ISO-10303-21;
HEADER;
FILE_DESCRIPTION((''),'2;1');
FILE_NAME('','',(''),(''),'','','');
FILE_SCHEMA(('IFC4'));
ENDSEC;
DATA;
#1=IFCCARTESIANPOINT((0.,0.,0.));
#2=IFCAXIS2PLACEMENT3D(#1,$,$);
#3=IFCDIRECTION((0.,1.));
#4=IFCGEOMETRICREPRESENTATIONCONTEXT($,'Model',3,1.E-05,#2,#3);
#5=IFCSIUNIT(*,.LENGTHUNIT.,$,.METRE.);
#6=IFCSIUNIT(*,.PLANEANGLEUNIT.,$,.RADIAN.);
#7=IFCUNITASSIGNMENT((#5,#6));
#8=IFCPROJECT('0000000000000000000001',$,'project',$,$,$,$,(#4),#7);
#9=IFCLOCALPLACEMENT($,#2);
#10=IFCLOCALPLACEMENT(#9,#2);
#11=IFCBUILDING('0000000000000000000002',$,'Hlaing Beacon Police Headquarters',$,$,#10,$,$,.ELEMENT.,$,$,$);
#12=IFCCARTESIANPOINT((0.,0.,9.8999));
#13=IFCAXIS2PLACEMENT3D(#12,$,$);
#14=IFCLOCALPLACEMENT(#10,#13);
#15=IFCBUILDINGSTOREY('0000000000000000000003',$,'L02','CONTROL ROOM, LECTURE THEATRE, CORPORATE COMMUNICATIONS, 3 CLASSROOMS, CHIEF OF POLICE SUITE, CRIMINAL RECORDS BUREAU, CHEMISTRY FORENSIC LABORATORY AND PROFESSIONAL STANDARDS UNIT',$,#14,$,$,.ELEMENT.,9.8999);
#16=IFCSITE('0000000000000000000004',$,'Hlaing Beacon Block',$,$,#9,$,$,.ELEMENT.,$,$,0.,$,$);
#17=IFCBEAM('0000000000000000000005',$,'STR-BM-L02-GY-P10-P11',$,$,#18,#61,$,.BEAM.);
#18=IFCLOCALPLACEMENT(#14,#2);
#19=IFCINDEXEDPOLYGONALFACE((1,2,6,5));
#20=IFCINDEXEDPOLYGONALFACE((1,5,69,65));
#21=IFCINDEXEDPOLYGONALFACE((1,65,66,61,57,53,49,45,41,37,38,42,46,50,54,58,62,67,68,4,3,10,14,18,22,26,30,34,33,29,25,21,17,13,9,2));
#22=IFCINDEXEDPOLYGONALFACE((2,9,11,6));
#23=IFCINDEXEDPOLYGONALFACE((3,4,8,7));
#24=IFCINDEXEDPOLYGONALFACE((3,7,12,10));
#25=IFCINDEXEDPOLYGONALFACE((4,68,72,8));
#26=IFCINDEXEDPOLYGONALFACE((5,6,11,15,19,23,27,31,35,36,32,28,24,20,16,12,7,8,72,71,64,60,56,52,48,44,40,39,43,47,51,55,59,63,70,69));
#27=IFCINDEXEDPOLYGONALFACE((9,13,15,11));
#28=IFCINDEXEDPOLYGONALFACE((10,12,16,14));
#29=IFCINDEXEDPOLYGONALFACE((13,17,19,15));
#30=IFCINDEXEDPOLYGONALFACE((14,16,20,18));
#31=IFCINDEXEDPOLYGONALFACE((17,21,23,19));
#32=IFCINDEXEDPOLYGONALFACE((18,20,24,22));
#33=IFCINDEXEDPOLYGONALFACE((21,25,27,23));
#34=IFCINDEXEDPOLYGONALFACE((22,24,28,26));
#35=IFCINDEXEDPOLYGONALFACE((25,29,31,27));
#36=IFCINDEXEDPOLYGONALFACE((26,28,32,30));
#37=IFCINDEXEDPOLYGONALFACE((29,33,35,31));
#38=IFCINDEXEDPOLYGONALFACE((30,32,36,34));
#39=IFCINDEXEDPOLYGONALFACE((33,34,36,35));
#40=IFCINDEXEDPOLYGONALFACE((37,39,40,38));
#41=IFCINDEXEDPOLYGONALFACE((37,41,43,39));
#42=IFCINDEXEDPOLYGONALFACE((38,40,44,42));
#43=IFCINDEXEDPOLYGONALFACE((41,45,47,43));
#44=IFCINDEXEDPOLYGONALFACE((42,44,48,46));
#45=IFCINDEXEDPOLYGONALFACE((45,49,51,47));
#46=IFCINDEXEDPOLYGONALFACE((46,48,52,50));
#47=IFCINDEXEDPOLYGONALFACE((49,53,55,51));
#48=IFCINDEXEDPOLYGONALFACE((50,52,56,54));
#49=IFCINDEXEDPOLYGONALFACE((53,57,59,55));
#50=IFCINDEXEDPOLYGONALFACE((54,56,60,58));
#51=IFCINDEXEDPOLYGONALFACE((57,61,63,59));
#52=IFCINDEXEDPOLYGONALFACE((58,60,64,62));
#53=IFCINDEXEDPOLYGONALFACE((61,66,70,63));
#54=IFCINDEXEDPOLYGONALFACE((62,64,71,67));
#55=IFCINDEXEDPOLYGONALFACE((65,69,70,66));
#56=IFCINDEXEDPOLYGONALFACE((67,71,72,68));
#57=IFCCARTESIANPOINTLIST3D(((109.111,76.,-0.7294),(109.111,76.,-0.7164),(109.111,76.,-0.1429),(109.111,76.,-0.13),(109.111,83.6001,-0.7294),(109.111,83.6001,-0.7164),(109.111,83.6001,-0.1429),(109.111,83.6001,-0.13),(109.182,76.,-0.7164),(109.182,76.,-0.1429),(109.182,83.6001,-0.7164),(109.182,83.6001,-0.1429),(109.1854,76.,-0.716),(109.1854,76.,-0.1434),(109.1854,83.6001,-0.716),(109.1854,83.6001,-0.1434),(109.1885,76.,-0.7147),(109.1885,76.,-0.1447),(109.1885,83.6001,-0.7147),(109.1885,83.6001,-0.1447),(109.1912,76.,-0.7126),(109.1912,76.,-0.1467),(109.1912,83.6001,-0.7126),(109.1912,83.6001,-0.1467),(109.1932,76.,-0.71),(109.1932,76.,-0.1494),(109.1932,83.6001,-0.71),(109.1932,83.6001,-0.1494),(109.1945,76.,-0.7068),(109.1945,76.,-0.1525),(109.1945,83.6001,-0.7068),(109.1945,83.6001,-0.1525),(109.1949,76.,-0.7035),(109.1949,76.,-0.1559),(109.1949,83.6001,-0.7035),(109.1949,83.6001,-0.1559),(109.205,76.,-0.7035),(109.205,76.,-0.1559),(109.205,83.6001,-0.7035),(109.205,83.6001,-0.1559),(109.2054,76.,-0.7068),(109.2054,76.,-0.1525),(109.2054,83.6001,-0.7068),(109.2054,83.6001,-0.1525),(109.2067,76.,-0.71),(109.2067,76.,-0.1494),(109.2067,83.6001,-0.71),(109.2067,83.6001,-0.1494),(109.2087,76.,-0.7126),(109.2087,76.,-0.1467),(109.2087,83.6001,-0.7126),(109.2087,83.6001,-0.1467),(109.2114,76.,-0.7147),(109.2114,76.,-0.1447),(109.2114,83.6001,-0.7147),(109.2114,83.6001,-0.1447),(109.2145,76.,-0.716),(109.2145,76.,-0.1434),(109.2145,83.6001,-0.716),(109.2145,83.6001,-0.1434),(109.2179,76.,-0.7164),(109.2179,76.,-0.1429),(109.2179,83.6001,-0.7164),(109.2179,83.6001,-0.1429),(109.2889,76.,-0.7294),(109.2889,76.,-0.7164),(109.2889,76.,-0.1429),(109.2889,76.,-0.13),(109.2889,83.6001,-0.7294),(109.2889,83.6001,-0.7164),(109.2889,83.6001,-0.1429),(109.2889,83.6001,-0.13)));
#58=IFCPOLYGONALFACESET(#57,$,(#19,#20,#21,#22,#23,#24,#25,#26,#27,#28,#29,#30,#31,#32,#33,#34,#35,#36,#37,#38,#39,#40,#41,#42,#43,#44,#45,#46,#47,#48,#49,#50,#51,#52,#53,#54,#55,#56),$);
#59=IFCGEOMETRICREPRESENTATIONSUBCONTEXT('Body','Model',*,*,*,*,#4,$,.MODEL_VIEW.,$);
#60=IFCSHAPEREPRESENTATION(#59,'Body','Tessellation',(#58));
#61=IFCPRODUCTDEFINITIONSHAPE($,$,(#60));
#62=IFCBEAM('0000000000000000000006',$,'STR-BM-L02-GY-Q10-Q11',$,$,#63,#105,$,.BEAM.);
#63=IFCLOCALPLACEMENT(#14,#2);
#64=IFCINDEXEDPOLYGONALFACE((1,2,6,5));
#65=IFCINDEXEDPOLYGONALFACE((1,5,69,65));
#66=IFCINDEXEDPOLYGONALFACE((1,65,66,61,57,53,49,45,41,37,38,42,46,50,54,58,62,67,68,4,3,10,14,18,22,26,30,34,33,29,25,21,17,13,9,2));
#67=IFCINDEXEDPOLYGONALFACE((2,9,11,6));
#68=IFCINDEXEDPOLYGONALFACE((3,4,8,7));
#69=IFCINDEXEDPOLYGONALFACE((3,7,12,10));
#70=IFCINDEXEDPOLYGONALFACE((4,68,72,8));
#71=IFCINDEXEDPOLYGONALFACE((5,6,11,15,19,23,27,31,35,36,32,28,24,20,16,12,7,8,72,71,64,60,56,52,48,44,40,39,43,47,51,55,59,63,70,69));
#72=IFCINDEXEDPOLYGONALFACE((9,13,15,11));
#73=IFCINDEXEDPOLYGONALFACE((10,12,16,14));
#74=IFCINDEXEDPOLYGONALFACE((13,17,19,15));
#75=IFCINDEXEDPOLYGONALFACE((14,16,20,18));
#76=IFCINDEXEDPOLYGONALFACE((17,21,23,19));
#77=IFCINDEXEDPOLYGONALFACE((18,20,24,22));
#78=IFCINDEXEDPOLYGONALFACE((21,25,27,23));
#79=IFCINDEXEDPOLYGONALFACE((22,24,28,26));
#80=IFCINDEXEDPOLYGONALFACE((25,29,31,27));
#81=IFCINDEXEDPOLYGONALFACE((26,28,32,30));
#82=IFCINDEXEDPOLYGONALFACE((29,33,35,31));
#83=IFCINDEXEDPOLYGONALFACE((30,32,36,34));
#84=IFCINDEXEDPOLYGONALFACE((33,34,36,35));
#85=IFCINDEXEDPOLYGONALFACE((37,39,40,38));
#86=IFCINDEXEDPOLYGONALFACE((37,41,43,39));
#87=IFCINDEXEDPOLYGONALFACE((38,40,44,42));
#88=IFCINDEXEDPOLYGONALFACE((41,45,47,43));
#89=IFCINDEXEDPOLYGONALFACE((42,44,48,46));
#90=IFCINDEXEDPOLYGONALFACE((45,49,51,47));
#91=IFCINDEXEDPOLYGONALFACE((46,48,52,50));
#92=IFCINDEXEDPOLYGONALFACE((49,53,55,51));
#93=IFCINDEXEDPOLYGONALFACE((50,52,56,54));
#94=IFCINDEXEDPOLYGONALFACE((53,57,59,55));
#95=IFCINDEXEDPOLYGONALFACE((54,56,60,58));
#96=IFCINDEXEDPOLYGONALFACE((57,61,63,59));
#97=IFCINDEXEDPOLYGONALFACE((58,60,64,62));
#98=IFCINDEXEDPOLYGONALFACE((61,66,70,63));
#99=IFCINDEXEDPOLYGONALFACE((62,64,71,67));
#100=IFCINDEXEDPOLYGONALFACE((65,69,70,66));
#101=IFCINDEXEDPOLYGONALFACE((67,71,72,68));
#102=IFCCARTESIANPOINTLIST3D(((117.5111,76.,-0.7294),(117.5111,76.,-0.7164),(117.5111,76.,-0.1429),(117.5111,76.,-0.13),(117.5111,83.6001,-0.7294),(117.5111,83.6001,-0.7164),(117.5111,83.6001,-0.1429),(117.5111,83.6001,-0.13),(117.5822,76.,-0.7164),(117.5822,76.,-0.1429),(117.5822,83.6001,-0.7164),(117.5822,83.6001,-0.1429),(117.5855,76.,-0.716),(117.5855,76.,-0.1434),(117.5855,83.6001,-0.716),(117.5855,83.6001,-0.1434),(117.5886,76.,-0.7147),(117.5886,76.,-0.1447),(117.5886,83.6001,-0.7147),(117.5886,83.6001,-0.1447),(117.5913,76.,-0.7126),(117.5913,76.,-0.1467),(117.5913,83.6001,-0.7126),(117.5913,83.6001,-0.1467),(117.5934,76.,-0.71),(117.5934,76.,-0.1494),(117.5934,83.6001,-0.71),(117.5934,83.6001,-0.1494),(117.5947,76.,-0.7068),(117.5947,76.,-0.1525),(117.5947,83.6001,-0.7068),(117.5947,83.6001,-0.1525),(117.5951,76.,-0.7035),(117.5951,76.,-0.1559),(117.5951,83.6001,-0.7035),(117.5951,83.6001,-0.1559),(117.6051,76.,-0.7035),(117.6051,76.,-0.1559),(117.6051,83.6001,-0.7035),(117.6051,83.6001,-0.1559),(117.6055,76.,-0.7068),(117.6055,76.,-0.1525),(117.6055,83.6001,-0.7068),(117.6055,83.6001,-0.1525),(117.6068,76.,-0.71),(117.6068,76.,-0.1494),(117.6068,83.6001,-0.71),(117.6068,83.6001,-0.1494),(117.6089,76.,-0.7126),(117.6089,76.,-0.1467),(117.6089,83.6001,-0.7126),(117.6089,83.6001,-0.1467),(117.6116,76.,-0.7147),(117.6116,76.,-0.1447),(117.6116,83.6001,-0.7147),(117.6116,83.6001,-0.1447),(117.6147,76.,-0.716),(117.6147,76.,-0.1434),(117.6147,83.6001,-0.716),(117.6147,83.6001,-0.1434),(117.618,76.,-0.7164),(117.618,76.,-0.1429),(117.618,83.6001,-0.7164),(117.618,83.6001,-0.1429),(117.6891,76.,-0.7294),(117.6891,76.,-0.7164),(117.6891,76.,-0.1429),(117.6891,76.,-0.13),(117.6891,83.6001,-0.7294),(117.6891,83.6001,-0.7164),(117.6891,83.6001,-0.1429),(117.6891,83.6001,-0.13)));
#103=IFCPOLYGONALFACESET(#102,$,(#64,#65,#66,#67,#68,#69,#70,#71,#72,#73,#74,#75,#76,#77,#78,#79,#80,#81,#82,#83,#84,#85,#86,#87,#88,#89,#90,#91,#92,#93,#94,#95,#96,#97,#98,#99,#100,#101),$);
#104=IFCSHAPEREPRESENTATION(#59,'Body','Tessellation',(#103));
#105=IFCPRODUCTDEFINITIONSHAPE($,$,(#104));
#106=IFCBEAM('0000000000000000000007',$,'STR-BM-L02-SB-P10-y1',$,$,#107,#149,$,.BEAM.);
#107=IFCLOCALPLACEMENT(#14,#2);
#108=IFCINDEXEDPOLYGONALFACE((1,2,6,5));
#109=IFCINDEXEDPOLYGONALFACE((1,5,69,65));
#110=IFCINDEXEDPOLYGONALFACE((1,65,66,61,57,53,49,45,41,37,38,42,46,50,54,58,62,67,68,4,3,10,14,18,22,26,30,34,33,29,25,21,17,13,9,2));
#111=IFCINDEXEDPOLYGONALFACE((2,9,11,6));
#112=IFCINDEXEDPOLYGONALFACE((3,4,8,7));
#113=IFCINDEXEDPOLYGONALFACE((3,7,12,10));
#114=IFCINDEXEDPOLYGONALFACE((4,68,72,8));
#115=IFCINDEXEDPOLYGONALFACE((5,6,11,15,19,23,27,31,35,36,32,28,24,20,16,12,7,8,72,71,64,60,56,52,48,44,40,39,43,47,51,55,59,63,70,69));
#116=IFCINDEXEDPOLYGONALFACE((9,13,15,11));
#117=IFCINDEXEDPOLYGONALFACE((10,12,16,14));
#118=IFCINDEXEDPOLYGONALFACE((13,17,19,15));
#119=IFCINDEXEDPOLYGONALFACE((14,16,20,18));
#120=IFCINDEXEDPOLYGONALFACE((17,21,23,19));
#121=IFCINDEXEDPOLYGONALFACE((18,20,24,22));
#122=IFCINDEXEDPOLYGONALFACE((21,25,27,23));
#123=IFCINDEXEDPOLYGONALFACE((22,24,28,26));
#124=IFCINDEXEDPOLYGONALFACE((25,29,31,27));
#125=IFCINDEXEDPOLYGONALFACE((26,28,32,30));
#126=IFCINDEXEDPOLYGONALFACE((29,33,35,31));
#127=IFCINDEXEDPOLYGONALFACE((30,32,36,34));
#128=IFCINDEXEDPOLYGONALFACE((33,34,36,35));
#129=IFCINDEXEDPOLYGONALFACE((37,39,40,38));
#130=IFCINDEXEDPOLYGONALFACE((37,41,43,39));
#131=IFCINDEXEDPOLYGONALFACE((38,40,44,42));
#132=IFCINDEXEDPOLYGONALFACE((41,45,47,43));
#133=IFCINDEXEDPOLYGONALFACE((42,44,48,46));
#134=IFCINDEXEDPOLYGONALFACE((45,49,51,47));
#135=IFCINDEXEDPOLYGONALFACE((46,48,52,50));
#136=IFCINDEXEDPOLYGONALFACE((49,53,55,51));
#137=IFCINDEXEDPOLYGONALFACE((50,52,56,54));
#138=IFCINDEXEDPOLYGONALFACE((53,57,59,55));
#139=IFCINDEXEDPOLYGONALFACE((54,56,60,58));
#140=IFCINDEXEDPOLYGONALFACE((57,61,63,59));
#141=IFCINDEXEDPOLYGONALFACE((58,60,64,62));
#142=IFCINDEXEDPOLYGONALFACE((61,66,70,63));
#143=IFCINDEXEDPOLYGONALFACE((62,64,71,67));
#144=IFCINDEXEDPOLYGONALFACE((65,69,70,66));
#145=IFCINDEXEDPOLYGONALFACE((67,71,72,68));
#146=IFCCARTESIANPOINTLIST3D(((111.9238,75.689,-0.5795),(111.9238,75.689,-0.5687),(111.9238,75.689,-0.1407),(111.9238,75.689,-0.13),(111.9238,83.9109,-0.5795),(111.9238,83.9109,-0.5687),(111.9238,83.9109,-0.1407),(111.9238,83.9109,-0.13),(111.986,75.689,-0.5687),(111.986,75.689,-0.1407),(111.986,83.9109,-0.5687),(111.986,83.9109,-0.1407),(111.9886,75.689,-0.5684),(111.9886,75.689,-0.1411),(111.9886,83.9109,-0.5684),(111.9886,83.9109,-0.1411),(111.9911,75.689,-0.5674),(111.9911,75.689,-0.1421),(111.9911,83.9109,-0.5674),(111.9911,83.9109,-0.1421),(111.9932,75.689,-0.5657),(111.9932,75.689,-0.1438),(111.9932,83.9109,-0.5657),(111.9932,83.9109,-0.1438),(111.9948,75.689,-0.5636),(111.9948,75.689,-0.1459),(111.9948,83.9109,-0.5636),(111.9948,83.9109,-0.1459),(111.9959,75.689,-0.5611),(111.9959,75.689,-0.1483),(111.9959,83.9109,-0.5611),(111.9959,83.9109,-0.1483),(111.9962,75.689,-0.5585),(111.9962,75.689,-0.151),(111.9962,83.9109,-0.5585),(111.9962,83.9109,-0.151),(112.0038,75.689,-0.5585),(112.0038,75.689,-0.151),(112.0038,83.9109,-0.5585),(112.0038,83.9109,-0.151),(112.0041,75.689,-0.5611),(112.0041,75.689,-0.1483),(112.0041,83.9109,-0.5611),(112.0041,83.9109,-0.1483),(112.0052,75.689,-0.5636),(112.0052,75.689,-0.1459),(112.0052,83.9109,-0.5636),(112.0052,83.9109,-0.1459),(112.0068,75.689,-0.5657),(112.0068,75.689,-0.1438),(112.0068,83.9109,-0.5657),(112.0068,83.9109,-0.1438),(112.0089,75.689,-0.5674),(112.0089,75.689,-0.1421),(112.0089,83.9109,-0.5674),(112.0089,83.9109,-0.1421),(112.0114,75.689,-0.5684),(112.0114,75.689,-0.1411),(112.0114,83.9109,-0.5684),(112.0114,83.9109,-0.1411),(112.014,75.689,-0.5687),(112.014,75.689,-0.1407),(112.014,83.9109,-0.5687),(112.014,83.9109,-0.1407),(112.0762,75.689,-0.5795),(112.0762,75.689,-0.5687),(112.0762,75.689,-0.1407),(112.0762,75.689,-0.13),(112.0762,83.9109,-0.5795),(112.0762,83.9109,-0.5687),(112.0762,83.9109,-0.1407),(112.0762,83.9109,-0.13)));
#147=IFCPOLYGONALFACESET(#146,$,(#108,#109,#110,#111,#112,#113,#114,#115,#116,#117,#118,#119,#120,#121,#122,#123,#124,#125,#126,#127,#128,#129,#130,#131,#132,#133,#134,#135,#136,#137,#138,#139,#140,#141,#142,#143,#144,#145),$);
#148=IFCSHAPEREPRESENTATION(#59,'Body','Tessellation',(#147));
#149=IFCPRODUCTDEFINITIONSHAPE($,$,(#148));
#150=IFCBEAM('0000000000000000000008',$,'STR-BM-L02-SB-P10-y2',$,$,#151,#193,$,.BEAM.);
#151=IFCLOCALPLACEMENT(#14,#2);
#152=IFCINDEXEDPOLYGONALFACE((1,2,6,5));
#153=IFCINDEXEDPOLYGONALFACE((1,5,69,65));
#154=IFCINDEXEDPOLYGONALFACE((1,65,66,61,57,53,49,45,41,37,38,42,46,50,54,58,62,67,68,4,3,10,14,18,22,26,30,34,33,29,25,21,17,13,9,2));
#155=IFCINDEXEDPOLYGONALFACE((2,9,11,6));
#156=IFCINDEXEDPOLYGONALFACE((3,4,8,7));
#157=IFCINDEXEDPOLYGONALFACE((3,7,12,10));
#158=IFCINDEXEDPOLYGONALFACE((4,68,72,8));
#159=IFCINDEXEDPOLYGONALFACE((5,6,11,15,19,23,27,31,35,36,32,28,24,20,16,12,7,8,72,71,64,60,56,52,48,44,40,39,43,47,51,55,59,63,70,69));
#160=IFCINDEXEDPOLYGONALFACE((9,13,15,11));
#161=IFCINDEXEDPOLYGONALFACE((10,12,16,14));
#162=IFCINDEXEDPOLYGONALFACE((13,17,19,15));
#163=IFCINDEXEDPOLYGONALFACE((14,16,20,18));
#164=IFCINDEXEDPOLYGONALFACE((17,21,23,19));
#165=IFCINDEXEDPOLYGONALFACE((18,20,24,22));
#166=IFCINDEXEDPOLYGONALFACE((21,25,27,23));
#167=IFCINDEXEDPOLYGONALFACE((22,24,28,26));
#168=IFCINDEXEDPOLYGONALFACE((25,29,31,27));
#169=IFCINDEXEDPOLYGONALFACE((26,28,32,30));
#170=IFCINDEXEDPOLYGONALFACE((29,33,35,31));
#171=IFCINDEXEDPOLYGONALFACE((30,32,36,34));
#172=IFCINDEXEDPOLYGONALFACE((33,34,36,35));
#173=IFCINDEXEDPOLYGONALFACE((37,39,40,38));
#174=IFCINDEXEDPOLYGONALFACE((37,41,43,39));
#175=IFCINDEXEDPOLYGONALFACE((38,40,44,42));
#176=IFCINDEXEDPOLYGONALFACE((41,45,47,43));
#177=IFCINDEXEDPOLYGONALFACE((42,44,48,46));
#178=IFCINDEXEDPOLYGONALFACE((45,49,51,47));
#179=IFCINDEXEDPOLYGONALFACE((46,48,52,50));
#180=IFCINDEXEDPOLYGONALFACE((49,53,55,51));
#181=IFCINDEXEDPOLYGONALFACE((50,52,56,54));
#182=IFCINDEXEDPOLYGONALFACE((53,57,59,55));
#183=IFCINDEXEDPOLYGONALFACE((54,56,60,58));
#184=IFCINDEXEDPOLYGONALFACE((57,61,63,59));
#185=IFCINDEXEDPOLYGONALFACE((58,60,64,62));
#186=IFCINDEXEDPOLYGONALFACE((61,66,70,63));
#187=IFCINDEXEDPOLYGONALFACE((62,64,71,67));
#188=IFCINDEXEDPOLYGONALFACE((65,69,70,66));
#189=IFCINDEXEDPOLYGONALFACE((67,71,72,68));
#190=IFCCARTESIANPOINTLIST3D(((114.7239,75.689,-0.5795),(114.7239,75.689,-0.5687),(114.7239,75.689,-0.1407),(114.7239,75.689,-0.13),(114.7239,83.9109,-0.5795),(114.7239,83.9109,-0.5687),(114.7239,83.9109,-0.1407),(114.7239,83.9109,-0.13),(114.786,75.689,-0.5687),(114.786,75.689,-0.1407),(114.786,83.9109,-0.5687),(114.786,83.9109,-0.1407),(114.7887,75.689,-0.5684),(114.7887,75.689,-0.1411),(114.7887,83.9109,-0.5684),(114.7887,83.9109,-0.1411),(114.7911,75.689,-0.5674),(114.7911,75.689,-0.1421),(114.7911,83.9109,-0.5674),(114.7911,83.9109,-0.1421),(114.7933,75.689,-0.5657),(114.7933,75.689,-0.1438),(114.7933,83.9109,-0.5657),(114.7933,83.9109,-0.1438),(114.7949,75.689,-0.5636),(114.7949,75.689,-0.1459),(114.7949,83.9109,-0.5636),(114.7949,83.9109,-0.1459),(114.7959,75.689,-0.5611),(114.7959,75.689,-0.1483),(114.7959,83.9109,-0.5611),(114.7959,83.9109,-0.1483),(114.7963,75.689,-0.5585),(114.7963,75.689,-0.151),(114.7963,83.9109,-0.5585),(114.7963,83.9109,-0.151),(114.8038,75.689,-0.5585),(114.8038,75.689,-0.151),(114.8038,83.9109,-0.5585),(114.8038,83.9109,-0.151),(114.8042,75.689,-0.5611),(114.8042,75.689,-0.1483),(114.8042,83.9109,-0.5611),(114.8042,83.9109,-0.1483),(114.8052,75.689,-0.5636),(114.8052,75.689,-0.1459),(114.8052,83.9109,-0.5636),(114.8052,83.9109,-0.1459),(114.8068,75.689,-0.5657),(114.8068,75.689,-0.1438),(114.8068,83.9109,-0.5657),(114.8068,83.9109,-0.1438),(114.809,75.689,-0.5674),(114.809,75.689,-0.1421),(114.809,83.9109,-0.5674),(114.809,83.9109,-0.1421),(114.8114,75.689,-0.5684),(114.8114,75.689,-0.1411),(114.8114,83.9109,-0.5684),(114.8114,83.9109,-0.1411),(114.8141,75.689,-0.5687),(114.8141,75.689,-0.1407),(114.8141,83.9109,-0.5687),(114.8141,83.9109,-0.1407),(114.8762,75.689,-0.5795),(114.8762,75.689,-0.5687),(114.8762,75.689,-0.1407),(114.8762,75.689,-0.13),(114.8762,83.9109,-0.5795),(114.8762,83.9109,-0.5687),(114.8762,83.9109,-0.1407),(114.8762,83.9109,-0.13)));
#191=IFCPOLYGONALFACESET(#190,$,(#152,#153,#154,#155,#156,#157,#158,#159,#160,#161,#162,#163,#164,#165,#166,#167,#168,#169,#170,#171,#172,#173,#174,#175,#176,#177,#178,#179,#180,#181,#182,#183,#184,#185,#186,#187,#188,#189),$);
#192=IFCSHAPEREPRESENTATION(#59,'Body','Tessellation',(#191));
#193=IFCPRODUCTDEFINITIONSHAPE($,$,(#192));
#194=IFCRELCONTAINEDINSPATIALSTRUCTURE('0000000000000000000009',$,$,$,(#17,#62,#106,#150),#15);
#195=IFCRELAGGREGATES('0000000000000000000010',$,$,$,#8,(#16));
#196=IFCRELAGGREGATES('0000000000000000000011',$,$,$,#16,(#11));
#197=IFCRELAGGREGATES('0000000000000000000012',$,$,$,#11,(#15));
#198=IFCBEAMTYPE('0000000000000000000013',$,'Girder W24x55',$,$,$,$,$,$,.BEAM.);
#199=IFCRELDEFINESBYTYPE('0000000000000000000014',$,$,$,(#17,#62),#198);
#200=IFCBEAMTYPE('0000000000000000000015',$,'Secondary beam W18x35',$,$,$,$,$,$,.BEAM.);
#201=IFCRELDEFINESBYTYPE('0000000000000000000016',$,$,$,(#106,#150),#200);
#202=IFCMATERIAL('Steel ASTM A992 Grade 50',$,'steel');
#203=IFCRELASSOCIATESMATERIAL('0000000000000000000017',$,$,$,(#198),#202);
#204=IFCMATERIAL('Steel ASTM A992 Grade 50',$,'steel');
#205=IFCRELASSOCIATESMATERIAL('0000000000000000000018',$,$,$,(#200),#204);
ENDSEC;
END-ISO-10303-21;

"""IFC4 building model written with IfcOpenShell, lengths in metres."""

from ifc_helpers import new_model, si_unit, direction, frame, origin, origin_2d, place, context, subcontext, project, spatial, i_section, extrude, material, material_profile, profile_set, type_object, element, save


model = new_model("IFC4")

# Units and contexts
model_context = context("Model", 3, precision=1e-05, world=origin(), true_north=direction((0.0, 1.0)))
body_context = subcontext(model_context, "Body", "Model", "MODEL_VIEW")
ifc_project = project(units=[si_unit("LENGTHUNIT", "METRE"), si_unit("PLANEANGLEUNIT", "RADIAN")], contexts=[model_context])

# Site, building, storey
site_placement = place(None, origin())
site = spatial("IfcSite", under=ifc_project, at=site_placement, Name="Hlaing Beacon Block", CompositionType="ELEMENT", RefElevation=0.0)
building_placement = place(site_placement, origin())
building = spatial("IfcBuilding", under=site, at=building_placement, Name="Hlaing Beacon Police Headquarters", CompositionType="ELEMENT")
storey_placement = place(building_placement, frame((0.0, 0.0, 9.8999)))
storey = spatial("IfcBuildingStorey", under=building, at=storey_placement, Name="L02", Description="CONTROL ROOM, LECTURE THEATRE, CORPORATE COMMUNICATIONS, 3 CLASSROOMS, CHIEF OF POLICE SUITE, CRIMINAL RECORDS BUREAU, CHEMISTRY FORENSIC LABORATORY AND PROFESSIONAL STANDARDS UNIT", CompositionType="ELEMENT", Elevation=9.8999)

# Beams
ifc_material_1 = material(Name="Steel ASTM A992 Grade 50", Category="steel")
ifc_material_profile_1 = material_profile(ifc_material_1, i_section(OverallWidth=0.178, OverallDepth=0.5994, WebThickness=0.01, FlangeThickness=0.0129, FilletRadius=0.0129, at=origin_2d()), Name="W24x55")
ifc_profile_set_1 = profile_set([ifc_material_profile_1], Name="Steel ASTM A992 Grade 50")
beam_type_1 = type_object("IfcBeamType", Name="Girder W24x55", PredefinedType="BEAM", material=ifc_profile_set_1)
for number, where, z_axis, x_axis, name in (
    (1, (109.2, 76.0, -0.4297), (0.0, 1.0, 0.0), (-1.0, 0.0, 0.0), "STR-BM-L02-GY-P10-P11"),
    (2, (117.6001, 76.0, -0.4297), (0.0, 1.0, 0.0), (-1.0, 0.0, 0.0), "STR-BM-L02-GY-Q10-Q11"),
):
    element("IfcBeam", number, at=place(storey_placement, frame(where, z_axis=z_axis, x_axis=x_axis)), inside=storey, type_object=beam_type_1, Name=name, PredefinedType="BEAM", context=body_context, shape_type="SweptSolid", body=[
        extrude(i_section(OverallWidth=0.178, OverallDepth=0.5994, WebThickness=0.01, FlangeThickness=0.0129, FilletRadius=0.0129, at=origin_2d()), origin(), (0.0, 0.0, 1.0), 7.6001),
    ])
ifc_material_2 = material(Name="Steel ASTM A992 Grade 50", Category="steel")
ifc_material_profile_2 = material_profile(ifc_material_2, i_section(OverallWidth=0.1523, OverallDepth=0.4495, WebThickness=0.0076, FlangeThickness=0.0107, FilletRadius=0.0103, at=origin_2d()), Name="W18x35")
ifc_profile_set_2 = profile_set([ifc_material_profile_2], Name="Steel ASTM A992 Grade 50")
beam_type_2 = type_object("IfcBeamType", Name="Secondary beam W18x35", PredefinedType="BEAM", material=ifc_profile_set_2)
for number, where, z_axis, x_axis, name in (
    (3, (112.0, 75.689, -0.3547), (0.0, 1.0, 0.0), (-1.0, 0.0, 0.0), "STR-BM-L02-SB-P10-y1"),
    (4, (114.8, 75.689, -0.3547), (0.0, 1.0, 0.0), (-1.0, 0.0, 0.0), "STR-BM-L02-SB-P10-y2"),
):
    element("IfcBeam", number, at=place(storey_placement, frame(where, z_axis=z_axis, x_axis=x_axis)), inside=storey, type_object=beam_type_2, Name=name, PredefinedType="BEAM", context=body_context, shape_type="SweptSolid", body=[
        extrude(i_section(OverallWidth=0.1523, OverallDepth=0.4495, WebThickness=0.0076, FlangeThickness=0.0107, FilletRadius=0.0103, at=origin_2d()), origin(), (0.0, 0.0, 1.0), 8.2219),
    ])

save(model, "model.ifc")
